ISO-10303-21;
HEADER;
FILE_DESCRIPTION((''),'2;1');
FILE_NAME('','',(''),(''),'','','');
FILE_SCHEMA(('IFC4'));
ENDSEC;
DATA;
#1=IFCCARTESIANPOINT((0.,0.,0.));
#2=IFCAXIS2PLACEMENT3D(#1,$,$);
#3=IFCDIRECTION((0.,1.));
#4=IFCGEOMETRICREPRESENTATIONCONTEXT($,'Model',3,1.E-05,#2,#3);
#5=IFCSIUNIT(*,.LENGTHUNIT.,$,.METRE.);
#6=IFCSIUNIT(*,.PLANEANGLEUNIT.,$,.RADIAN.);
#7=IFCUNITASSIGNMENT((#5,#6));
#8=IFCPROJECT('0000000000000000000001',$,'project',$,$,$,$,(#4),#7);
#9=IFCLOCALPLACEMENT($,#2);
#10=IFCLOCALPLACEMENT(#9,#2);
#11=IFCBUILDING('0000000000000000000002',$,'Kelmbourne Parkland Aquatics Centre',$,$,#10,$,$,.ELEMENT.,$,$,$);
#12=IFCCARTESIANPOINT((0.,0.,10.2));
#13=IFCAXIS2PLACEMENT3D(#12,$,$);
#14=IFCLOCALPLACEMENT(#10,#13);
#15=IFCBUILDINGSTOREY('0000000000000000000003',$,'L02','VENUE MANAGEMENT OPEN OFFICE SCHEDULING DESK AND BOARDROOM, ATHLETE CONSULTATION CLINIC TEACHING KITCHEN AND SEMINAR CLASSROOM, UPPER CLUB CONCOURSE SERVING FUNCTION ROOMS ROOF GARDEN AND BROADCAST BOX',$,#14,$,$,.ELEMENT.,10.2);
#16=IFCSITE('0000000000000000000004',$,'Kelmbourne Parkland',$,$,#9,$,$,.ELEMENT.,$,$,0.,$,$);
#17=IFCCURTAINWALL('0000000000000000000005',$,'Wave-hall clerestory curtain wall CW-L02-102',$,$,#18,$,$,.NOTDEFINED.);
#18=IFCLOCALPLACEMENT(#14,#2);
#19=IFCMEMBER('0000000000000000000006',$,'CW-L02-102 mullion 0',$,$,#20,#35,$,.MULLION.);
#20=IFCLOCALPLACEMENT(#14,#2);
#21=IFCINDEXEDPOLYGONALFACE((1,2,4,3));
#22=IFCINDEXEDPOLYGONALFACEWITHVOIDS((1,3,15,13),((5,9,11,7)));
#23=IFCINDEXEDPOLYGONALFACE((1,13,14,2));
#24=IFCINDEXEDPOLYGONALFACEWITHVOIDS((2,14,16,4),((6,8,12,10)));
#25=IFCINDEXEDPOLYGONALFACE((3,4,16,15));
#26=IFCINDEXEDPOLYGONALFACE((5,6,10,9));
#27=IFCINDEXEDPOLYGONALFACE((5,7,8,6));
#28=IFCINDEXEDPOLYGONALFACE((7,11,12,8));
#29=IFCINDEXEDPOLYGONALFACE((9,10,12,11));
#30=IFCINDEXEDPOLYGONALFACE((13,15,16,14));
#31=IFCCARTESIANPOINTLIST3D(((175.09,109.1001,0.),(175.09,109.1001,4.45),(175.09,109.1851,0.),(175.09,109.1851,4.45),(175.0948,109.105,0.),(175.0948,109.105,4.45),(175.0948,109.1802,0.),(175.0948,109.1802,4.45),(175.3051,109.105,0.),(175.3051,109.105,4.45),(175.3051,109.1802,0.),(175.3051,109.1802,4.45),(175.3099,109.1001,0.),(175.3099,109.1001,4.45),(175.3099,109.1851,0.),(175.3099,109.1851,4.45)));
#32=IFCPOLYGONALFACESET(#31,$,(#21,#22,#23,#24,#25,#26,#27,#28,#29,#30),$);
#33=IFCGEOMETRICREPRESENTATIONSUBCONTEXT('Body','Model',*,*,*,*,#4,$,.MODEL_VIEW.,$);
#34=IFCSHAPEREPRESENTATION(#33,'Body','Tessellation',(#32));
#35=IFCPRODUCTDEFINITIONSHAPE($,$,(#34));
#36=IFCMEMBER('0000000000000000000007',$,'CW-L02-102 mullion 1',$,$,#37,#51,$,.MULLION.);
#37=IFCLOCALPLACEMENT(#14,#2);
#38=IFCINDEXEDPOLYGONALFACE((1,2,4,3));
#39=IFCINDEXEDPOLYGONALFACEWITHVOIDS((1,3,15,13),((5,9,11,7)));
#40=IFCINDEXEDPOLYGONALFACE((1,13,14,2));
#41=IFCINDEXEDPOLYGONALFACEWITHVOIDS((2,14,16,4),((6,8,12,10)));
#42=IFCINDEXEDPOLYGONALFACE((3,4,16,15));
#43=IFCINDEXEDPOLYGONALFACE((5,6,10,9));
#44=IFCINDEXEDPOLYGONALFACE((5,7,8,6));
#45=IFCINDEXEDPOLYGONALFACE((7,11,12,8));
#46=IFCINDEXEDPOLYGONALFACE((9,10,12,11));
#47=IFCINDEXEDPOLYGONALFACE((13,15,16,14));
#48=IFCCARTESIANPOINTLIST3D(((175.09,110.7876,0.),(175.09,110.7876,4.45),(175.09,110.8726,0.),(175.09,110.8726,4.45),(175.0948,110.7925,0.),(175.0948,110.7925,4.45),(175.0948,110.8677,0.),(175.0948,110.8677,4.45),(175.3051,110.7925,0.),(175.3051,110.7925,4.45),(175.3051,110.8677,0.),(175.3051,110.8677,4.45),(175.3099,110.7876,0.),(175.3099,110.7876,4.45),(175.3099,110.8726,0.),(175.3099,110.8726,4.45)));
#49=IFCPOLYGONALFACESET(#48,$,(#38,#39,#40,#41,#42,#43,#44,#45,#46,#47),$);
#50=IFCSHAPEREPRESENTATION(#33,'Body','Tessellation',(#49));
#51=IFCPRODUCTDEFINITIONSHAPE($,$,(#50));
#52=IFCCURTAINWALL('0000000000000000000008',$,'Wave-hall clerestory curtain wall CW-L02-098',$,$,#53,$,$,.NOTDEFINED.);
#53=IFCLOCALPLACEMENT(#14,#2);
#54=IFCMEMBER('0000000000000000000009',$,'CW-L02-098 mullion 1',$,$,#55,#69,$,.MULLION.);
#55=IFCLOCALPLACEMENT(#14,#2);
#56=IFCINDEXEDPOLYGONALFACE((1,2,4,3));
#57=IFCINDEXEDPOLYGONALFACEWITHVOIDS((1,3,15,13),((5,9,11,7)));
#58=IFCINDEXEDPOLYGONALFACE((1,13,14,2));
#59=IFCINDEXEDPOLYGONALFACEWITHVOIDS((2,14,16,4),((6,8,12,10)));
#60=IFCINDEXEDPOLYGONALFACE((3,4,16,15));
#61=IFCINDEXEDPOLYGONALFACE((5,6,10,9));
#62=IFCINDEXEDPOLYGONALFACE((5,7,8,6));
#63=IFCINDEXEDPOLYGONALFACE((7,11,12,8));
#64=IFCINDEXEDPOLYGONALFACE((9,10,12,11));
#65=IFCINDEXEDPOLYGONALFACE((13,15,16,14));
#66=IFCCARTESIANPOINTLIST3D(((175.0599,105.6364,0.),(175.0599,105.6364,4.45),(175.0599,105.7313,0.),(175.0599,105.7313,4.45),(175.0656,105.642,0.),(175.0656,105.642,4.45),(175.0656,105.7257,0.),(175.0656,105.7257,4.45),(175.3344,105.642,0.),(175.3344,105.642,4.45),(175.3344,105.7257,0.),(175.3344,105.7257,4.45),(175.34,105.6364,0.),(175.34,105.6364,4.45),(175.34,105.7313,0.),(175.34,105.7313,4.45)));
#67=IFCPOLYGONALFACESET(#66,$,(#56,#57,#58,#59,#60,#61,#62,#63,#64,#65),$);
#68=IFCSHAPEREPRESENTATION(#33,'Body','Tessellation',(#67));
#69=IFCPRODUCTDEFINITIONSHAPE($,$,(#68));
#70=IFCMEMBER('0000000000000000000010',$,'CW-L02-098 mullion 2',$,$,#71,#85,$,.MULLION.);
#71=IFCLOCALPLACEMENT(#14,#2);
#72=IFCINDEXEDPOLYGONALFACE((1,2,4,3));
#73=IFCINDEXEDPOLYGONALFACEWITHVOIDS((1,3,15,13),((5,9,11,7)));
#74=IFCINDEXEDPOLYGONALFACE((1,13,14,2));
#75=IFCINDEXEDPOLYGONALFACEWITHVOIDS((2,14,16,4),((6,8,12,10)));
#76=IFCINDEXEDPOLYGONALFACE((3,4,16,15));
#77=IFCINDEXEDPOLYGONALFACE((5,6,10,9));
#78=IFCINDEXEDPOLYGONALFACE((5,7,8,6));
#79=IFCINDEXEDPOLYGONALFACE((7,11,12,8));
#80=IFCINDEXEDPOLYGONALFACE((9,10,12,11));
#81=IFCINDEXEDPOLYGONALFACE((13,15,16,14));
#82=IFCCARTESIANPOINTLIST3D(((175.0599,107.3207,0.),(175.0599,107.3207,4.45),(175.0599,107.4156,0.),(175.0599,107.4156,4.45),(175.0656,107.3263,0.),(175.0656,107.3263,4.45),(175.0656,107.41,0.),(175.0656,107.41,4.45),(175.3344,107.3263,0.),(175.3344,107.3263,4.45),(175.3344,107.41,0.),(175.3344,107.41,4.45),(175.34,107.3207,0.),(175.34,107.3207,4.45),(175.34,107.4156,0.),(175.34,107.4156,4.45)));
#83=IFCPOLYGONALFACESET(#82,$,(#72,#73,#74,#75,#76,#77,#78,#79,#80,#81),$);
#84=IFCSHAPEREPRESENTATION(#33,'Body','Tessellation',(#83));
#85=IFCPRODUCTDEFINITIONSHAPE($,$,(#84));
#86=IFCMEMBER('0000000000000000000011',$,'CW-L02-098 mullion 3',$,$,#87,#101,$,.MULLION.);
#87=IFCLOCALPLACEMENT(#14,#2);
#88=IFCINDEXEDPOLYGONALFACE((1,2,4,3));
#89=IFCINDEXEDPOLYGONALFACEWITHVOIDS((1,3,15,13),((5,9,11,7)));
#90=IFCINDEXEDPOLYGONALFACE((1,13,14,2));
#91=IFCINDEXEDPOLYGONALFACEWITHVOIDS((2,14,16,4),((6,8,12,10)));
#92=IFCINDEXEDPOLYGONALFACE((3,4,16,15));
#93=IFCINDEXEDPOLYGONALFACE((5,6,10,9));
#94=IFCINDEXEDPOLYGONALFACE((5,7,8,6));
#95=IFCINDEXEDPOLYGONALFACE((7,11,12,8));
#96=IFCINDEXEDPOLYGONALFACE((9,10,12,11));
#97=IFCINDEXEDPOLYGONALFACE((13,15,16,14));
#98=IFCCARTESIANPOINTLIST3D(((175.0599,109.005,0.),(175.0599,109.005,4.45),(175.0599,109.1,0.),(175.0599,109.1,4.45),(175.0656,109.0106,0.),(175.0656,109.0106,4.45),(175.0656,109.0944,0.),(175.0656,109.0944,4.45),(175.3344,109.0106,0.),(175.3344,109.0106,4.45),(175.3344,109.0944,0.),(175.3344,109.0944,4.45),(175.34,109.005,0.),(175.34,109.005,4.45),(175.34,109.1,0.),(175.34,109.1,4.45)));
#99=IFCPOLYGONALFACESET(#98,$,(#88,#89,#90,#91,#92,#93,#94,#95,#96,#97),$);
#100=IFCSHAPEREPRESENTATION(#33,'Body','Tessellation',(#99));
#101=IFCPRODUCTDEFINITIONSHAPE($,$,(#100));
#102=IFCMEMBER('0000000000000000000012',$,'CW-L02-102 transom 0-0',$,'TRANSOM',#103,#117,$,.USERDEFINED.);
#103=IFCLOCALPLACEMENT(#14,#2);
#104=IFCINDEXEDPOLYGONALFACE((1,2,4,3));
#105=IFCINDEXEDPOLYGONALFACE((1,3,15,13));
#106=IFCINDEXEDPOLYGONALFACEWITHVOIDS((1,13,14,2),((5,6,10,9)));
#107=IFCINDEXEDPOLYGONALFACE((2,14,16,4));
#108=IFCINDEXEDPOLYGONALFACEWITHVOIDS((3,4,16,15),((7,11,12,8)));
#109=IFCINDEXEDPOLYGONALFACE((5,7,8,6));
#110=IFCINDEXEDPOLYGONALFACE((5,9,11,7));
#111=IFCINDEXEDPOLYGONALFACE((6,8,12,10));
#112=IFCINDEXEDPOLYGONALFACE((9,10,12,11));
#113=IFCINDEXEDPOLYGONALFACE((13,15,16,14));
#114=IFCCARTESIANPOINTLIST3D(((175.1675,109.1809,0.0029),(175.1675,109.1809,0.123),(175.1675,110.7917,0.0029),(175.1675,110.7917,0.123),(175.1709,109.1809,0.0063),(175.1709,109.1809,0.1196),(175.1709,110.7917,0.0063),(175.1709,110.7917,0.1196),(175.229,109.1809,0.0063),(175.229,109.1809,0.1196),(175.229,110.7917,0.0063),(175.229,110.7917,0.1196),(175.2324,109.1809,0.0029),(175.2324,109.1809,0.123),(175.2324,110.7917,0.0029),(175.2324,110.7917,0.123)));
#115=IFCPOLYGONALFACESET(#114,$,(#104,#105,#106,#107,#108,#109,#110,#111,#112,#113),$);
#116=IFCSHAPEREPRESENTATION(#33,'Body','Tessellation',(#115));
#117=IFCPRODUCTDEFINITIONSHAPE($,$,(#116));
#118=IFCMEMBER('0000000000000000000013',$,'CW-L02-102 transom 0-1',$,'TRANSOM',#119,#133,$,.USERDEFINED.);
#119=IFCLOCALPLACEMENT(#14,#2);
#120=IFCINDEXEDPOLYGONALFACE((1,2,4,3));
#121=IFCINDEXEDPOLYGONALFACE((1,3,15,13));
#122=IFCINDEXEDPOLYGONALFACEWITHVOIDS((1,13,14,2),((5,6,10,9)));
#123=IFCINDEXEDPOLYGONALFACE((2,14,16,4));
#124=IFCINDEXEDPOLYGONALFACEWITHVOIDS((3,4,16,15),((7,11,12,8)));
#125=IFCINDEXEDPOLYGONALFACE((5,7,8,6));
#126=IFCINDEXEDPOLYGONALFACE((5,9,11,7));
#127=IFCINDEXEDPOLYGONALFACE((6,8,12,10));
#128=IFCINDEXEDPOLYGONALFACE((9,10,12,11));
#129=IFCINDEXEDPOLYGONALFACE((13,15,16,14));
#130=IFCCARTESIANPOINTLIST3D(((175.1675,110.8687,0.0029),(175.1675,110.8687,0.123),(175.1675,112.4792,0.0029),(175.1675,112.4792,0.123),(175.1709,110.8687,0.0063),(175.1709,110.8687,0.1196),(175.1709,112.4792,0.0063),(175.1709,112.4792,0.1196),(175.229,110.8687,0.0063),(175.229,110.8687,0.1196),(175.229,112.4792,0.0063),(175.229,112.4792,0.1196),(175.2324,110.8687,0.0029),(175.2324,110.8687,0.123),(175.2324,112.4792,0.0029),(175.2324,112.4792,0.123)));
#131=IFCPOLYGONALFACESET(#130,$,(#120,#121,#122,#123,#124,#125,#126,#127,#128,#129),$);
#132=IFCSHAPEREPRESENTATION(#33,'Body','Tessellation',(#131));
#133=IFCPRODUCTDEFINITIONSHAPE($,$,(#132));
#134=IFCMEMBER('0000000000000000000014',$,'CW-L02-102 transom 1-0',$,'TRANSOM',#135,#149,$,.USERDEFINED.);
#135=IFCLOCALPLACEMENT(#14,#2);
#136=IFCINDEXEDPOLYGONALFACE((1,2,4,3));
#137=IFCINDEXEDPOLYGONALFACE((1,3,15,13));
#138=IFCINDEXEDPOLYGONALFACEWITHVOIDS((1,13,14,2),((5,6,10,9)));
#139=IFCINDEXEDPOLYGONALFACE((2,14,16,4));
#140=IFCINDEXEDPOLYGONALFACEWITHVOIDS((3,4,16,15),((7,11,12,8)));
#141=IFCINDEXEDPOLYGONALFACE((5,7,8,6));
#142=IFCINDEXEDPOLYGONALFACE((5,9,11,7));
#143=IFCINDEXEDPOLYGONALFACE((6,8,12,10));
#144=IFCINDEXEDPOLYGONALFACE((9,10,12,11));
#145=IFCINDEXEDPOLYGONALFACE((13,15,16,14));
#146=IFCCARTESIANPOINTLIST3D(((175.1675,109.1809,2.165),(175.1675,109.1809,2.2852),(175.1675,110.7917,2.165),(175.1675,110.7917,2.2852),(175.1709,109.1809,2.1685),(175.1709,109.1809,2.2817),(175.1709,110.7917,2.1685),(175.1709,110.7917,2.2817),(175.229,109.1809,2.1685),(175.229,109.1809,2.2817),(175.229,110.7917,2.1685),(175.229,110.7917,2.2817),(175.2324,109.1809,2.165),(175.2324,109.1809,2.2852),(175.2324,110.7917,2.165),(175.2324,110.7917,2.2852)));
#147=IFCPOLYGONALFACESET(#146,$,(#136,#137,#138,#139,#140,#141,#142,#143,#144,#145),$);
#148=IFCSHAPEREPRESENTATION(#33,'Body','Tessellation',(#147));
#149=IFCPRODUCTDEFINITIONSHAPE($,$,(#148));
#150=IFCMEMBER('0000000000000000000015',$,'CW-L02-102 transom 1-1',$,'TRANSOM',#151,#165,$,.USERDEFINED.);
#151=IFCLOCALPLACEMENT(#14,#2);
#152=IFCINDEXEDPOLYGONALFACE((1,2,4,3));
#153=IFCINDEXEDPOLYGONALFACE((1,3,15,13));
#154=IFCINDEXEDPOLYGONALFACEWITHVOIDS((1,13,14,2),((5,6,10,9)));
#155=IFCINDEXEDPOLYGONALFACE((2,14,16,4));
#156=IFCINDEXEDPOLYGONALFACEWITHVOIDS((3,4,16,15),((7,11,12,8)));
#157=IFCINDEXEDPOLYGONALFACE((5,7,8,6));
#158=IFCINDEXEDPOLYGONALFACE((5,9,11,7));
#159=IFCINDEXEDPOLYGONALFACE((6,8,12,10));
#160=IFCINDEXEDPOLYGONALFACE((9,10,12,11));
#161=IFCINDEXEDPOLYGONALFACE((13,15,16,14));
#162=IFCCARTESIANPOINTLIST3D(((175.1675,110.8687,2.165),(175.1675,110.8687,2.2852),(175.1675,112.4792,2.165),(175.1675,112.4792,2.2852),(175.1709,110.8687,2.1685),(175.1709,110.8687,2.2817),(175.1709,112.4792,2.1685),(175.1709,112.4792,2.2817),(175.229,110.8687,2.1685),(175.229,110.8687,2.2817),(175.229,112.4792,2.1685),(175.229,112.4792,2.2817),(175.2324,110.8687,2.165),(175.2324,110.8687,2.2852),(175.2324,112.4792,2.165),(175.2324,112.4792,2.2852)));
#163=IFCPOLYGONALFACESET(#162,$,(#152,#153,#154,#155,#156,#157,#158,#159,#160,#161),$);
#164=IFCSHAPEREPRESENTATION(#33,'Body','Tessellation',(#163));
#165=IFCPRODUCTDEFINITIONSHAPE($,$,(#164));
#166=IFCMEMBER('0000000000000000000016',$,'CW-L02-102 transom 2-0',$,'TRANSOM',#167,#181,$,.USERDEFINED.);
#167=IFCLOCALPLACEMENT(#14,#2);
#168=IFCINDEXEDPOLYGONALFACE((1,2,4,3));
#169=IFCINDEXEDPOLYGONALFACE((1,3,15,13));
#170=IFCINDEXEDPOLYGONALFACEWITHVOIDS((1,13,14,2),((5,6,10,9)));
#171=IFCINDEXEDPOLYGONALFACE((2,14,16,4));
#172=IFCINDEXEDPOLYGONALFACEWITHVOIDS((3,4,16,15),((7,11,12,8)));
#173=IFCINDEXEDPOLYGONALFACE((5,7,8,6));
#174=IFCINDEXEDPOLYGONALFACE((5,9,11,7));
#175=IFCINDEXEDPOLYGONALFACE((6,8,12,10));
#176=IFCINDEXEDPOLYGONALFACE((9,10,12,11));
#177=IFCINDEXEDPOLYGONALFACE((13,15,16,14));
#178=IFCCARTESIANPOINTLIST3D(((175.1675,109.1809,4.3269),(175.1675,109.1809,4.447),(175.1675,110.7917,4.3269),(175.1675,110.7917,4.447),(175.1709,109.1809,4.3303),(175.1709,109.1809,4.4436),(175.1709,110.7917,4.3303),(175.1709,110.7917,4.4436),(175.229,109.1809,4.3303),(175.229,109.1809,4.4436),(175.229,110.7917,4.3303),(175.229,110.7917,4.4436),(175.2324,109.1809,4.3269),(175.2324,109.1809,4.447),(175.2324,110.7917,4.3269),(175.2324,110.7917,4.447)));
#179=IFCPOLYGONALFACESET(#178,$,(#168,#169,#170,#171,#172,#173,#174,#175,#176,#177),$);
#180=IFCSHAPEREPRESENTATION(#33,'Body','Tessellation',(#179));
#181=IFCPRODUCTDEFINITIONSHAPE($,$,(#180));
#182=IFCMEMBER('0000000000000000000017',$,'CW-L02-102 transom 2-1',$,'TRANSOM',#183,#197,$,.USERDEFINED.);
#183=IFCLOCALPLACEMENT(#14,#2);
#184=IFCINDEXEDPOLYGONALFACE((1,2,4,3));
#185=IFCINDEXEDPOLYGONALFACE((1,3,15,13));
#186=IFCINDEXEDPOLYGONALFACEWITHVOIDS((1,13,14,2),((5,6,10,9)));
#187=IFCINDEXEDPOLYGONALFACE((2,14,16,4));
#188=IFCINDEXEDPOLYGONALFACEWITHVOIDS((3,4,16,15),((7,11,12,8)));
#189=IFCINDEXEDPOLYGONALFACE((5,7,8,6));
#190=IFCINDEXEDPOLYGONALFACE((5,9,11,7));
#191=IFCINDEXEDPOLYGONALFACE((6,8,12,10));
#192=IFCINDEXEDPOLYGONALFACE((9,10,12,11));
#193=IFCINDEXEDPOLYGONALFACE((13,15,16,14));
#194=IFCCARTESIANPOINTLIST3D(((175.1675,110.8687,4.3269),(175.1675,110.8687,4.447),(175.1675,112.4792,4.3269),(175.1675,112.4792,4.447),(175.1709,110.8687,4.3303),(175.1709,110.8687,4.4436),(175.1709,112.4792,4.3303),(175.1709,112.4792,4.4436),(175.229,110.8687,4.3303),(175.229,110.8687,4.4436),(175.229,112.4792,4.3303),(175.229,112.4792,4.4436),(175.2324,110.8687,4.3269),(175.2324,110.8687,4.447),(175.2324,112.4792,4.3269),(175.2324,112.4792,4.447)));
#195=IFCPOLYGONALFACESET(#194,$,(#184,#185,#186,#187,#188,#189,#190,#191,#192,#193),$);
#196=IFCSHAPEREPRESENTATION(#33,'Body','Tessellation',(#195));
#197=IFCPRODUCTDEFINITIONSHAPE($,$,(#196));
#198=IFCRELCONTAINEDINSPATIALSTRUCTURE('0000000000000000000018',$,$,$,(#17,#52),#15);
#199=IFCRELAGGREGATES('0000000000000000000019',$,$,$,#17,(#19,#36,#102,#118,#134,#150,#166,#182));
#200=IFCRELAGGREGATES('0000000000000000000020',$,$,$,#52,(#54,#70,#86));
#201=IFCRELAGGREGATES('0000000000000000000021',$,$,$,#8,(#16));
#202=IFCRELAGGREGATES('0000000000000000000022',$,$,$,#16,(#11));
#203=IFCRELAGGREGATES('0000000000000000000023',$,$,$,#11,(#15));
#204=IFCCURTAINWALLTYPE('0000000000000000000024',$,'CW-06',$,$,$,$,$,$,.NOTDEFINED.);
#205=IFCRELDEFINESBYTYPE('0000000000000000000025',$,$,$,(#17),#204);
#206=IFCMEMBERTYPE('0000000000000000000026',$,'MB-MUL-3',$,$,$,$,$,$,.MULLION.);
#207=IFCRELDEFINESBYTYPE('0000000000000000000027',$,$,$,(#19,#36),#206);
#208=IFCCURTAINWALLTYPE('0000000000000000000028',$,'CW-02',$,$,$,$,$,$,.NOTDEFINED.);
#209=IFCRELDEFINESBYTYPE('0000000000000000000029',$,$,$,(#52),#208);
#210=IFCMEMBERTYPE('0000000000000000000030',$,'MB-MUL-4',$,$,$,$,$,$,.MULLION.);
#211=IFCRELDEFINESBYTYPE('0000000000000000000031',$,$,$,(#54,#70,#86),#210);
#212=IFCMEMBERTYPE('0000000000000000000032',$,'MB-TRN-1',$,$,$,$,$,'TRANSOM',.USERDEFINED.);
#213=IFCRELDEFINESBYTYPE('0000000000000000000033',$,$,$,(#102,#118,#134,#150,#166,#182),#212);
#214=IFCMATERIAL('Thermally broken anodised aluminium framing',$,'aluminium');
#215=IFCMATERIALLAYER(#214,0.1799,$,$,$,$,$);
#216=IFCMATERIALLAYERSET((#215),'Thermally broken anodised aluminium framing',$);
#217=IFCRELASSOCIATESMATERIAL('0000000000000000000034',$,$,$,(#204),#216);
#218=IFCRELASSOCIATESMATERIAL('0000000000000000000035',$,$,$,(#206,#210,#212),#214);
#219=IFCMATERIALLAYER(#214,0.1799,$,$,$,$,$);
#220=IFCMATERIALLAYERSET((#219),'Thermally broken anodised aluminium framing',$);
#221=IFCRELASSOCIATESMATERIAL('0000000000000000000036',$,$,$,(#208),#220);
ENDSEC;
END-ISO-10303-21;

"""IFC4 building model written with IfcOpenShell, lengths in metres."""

from ifc_helpers import new_model, si_unit, direction, frame, origin, origin_2d, place, context, subcontext, project, spatial, hollow_rectangle, extrude, material, layer, layer_set, material_profile, profile_set, type_object, element, aggregate, save


model = new_model("IFC4")

# Units and contexts
model_context = context("Model", 3, precision=1e-05, world=origin(), true_north=direction((0.0, 1.0)))
body_context = subcontext(model_context, "Body", "Model", "MODEL_VIEW")
ifc_project = project(units=[si_unit("LENGTHUNIT", "METRE"), si_unit("PLANEANGLEUNIT", "RADIAN")], contexts=[model_context])

# Site, building, storey
site_placement = place(None, origin())
site = spatial("IfcSite", under=ifc_project, at=site_placement, Name="Kelmbourne Parkland", CompositionType="ELEMENT", RefElevation=0.0)
building_placement = place(site_placement, origin())
building = spatial("IfcBuilding", under=site, at=building_placement, Name="Kelmbourne Parkland Aquatics Centre", CompositionType="ELEMENT")
storey_placement = place(building_placement, frame((0.0, 0.0, 10.2)))
storey = spatial("IfcBuildingStorey", under=building, at=storey_placement, Name="L02", Description="VENUE MANAGEMENT OPEN OFFICE SCHEDULING DESK AND BOARDROOM, ATHLETE CONSULTATION CLINIC TEACHING KITCHEN AND SEMINAR CLASSROOM, UPPER CLUB CONCOURSE SERVING FUNCTION ROOMS ROOF GARDEN AND BROADCAST BOX", CompositionType="ELEMENT", Elevation=10.2)

# Curtain walls, members
ifc_material_1 = material(Name="Thermally broken anodised aluminium framing", Category="aluminium")
ifc_layer_1 = layer(ifc_material_1, 0.1799)
ifc_layer_set_1 = layer_set([ifc_layer_1], Name="Thermally broken anodised aluminium framing")
curtain_wall_type_1 = type_object("IfcCurtainWallType", Name="CW-06", PredefinedType="NOTDEFINED", material=ifc_layer_set_1)
curtain_wall_1_placement = place(storey_placement, origin())
curtain_wall_1 = element("IfcCurtainWall", 1, at=curtain_wall_1_placement, inside=storey, type_object=curtain_wall_type_1, Name="Wave-hall clerestory curtain wall CW-L02-102", PredefinedType="NOTDEFINED")
ifc_material_profile_1 = material_profile(ifc_material_1, hollow_rectangle(XDim=0.085, YDim=0.22, WallThickness=0.0049, at=origin_2d()), Name="CW-M 85x220")
ifc_profile_set_1 = profile_set([ifc_material_profile_1], Name="Thermally broken anodised aluminium framing")
member_type_1 = type_object("IfcMemberType", Name="MB-MUL-3", PredefinedType="MULLION", material=ifc_profile_set_1)
member_1_placement = place(storey_placement, frame((175.2, 109.1426, 0.0), z_axis=(0.0, 0.0, 1.0), x_axis=(0.0, 1.0, 0.0)))
member_1 = element("IfcMember", 2, at=member_1_placement, type_object=member_type_1, Name="CW-L02-102 mullion 0", PredefinedType="MULLION", context=body_context, shape_type="SweptSolid", body=[
    extrude(hollow_rectangle(XDim=0.085, YDim=0.22, WallThickness=0.0049, at=origin_2d()), origin(), (0.0, 0.0, 1.0), 4.45),
])
member_2_placement = place(storey_placement, frame((175.2, 110.8301, 0.0), z_axis=(0.0, 0.0, 1.0), x_axis=(0.0, 1.0, 0.0)))
member_2 = element("IfcMember", 3, at=member_2_placement, type_object=member_type_1, Name="CW-L02-102 mullion 1", PredefinedType="MULLION", context=body_context, shape_type="SweptSolid", body=[
    extrude(hollow_rectangle(XDim=0.085, YDim=0.22, WallThickness=0.0049, at=origin_2d()), origin(), (0.0, 0.0, 1.0), 4.45),
])
ifc_layer_2 = layer(ifc_material_1, 0.1799)
ifc_layer_set_2 = layer_set([ifc_layer_2], Name="Thermally broken anodised aluminium framing")
curtain_wall_type_2 = type_object("IfcCurtainWallType", Name="CW-02", PredefinedType="NOTDEFINED", material=ifc_layer_set_2)
curtain_wall_2_placement = place(storey_placement, origin())
curtain_wall_2 = element("IfcCurtainWall", 4, at=curtain_wall_2_placement, inside=storey, type_object=curtain_wall_type_2, Name="Wave-hall clerestory curtain wall CW-L02-098", PredefinedType="NOTDEFINED")
ifc_material_profile_2 = material_profile(ifc_material_1, hollow_rectangle(XDim=0.095, YDim=0.28, WallThickness=0.0056, at=origin_2d()), Name="CW-M 95x280")
ifc_profile_set_2 = profile_set([ifc_material_profile_2], Name="Thermally broken anodised aluminium framing")
member_type_2 = type_object("IfcMemberType", Name="MB-MUL-4", PredefinedType="MULLION", material=ifc_profile_set_2)
member_3_placement = place(storey_placement, frame((175.2, 105.6838, 0.0), z_axis=(0.0, 0.0, 1.0), x_axis=(0.0, 1.0, 0.0)))
member_3 = element("IfcMember", 5, at=member_3_placement, type_object=member_type_2, Name="CW-L02-098 mullion 1", PredefinedType="MULLION", context=body_context, shape_type="SweptSolid", body=[
    extrude(hollow_rectangle(XDim=0.095, YDim=0.28, WallThickness=0.0056, at=origin_2d()), origin(), (0.0, 0.0, 1.0), 4.45),
])
member_4_placement = place(storey_placement, frame((175.2, 107.3682, 0.0), z_axis=(0.0, 0.0, 1.0), x_axis=(0.0, 1.0, 0.0)))
member_4 = element("IfcMember", 6, at=member_4_placement, type_object=member_type_2, Name="CW-L02-098 mullion 2", PredefinedType="MULLION", context=body_context, shape_type="SweptSolid", body=[
    extrude(hollow_rectangle(XDim=0.095, YDim=0.28, WallThickness=0.0056, at=origin_2d()), origin(), (0.0, 0.0, 1.0), 4.45),
])
member_5_placement = place(storey_placement, frame((175.2, 109.0525, 0.0), z_axis=(0.0, 0.0, 1.0), x_axis=(0.0, 1.0, 0.0)))
member_5 = element("IfcMember", 7, at=member_5_placement, type_object=member_type_2, Name="CW-L02-098 mullion 3", PredefinedType="MULLION", context=body_context, shape_type="SweptSolid", body=[
    extrude(hollow_rectangle(XDim=0.095, YDim=0.28, WallThickness=0.0056, at=origin_2d()), origin(), (0.0, 0.0, 1.0), 4.45),
])

# Members
ifc_material_profile_3 = material_profile(ifc_material_1, hollow_rectangle(XDim=0.0649, YDim=0.1201, WallThickness=0.0034, at=origin_2d()), Name="CW-T 65x120")
ifc_profile_set_3 = profile_set([ifc_material_profile_3], Name="Thermally broken anodised aluminium framing")
member_type_3 = type_object("IfcMemberType", Name="MB-TRN-1", ElementType="TRANSOM", PredefinedType="USERDEFINED", material=ifc_profile_set_3)
member_6_placement = place(storey_placement, frame((175.2, 109.1809, 0.063), z_axis=(0.0, 1.0, 0.0), x_axis=(-1.0, 0.0, 0.0)))
member_6 = element("IfcMember", 8, at=member_6_placement, type_object=member_type_3, Name="CW-L02-102 transom 0-0", ObjectType="TRANSOM", PredefinedType="USERDEFINED", context=body_context, shape_type="SweptSolid", body=[
    extrude(hollow_rectangle(XDim=0.0649, YDim=0.1201, WallThickness=0.0034, at=origin_2d()), origin(), (0.0, 0.0, 1.0), 1.6108),
])
member_7_placement = place(storey_placement, frame((175.2, 110.8687, 0.063), z_axis=(0.0, 1.0, 0.0), x_axis=(-1.0, 0.0, 0.0)))
member_7 = element("IfcMember", 9, at=member_7_placement, type_object=member_type_3, Name="CW-L02-102 transom 0-1", ObjectType="TRANSOM", PredefinedType="USERDEFINED", context=body_context, shape_type="SweptSolid", body=[
    extrude(hollow_rectangle(XDim=0.0649, YDim=0.1201, WallThickness=0.0034, at=origin_2d()), origin(), (0.0, 0.0, 1.0), 1.6106),
])
member_8_placement = place(storey_placement, frame((175.2, 109.1809, 2.2251), z_axis=(0.0, 1.0, 0.0), x_axis=(-1.0, 0.0, 0.0)))
member_8 = element("IfcMember", 10, at=member_8_placement, type_object=member_type_3, Name="CW-L02-102 transom 1-0", ObjectType="TRANSOM", PredefinedType="USERDEFINED", context=body_context, shape_type="SweptSolid", body=[
    extrude(hollow_rectangle(XDim=0.0649, YDim=0.1201, WallThickness=0.0034, at=origin_2d()), origin(), (0.0, 0.0, 1.0), 1.6108),
])
member_9_placement = place(storey_placement, frame((175.2, 110.8687, 2.2251), z_axis=(0.0, 1.0, 0.0), x_axis=(-1.0, 0.0, 0.0)))
member_9 = element("IfcMember", 11, at=member_9_placement, type_object=member_type_3, Name="CW-L02-102 transom 1-1", ObjectType="TRANSOM", PredefinedType="USERDEFINED", context=body_context, shape_type="SweptSolid", body=[
    extrude(hollow_rectangle(XDim=0.0649, YDim=0.1201, WallThickness=0.0034, at=origin_2d()), origin(), (0.0, 0.0, 1.0), 1.6106),
])
member_10_placement = place(storey_placement, frame((175.2, 109.1809, 4.387), z_axis=(0.0, 1.0, 0.0), x_axis=(-1.0, 0.0, 0.0)))
member_10 = element("IfcMember", 12, at=member_10_placement, type_object=member_type_3, Name="CW-L02-102 transom 2-0", ObjectType="TRANSOM", PredefinedType="USERDEFINED", context=body_context, shape_type="SweptSolid", body=[
    extrude(hollow_rectangle(XDim=0.0649, YDim=0.1201, WallThickness=0.0034, at=origin_2d()), origin(), (0.0, 0.0, 1.0), 1.6108),
])
member_11_placement = place(storey_placement, frame((175.2, 110.8687, 4.387), z_axis=(0.0, 1.0, 0.0), x_axis=(-1.0, 0.0, 0.0)))
member_11 = element("IfcMember", 13, at=member_11_placement, type_object=member_type_3, Name="CW-L02-102 transom 2-1", ObjectType="TRANSOM", PredefinedType="USERDEFINED", context=body_context, shape_type="SweptSolid", body=[
    extrude(hollow_rectangle(XDim=0.0649, YDim=0.1201, WallThickness=0.0034, at=origin_2d()), origin(), (0.0, 0.0, 1.0), 1.6106),
])

aggregate(curtain_wall_1, [member_1, member_2, member_6, member_7, member_8, member_9, member_10, member_11])
aggregate(curtain_wall_2, [member_3, member_4, member_5])

save(model, "model.ifc")
